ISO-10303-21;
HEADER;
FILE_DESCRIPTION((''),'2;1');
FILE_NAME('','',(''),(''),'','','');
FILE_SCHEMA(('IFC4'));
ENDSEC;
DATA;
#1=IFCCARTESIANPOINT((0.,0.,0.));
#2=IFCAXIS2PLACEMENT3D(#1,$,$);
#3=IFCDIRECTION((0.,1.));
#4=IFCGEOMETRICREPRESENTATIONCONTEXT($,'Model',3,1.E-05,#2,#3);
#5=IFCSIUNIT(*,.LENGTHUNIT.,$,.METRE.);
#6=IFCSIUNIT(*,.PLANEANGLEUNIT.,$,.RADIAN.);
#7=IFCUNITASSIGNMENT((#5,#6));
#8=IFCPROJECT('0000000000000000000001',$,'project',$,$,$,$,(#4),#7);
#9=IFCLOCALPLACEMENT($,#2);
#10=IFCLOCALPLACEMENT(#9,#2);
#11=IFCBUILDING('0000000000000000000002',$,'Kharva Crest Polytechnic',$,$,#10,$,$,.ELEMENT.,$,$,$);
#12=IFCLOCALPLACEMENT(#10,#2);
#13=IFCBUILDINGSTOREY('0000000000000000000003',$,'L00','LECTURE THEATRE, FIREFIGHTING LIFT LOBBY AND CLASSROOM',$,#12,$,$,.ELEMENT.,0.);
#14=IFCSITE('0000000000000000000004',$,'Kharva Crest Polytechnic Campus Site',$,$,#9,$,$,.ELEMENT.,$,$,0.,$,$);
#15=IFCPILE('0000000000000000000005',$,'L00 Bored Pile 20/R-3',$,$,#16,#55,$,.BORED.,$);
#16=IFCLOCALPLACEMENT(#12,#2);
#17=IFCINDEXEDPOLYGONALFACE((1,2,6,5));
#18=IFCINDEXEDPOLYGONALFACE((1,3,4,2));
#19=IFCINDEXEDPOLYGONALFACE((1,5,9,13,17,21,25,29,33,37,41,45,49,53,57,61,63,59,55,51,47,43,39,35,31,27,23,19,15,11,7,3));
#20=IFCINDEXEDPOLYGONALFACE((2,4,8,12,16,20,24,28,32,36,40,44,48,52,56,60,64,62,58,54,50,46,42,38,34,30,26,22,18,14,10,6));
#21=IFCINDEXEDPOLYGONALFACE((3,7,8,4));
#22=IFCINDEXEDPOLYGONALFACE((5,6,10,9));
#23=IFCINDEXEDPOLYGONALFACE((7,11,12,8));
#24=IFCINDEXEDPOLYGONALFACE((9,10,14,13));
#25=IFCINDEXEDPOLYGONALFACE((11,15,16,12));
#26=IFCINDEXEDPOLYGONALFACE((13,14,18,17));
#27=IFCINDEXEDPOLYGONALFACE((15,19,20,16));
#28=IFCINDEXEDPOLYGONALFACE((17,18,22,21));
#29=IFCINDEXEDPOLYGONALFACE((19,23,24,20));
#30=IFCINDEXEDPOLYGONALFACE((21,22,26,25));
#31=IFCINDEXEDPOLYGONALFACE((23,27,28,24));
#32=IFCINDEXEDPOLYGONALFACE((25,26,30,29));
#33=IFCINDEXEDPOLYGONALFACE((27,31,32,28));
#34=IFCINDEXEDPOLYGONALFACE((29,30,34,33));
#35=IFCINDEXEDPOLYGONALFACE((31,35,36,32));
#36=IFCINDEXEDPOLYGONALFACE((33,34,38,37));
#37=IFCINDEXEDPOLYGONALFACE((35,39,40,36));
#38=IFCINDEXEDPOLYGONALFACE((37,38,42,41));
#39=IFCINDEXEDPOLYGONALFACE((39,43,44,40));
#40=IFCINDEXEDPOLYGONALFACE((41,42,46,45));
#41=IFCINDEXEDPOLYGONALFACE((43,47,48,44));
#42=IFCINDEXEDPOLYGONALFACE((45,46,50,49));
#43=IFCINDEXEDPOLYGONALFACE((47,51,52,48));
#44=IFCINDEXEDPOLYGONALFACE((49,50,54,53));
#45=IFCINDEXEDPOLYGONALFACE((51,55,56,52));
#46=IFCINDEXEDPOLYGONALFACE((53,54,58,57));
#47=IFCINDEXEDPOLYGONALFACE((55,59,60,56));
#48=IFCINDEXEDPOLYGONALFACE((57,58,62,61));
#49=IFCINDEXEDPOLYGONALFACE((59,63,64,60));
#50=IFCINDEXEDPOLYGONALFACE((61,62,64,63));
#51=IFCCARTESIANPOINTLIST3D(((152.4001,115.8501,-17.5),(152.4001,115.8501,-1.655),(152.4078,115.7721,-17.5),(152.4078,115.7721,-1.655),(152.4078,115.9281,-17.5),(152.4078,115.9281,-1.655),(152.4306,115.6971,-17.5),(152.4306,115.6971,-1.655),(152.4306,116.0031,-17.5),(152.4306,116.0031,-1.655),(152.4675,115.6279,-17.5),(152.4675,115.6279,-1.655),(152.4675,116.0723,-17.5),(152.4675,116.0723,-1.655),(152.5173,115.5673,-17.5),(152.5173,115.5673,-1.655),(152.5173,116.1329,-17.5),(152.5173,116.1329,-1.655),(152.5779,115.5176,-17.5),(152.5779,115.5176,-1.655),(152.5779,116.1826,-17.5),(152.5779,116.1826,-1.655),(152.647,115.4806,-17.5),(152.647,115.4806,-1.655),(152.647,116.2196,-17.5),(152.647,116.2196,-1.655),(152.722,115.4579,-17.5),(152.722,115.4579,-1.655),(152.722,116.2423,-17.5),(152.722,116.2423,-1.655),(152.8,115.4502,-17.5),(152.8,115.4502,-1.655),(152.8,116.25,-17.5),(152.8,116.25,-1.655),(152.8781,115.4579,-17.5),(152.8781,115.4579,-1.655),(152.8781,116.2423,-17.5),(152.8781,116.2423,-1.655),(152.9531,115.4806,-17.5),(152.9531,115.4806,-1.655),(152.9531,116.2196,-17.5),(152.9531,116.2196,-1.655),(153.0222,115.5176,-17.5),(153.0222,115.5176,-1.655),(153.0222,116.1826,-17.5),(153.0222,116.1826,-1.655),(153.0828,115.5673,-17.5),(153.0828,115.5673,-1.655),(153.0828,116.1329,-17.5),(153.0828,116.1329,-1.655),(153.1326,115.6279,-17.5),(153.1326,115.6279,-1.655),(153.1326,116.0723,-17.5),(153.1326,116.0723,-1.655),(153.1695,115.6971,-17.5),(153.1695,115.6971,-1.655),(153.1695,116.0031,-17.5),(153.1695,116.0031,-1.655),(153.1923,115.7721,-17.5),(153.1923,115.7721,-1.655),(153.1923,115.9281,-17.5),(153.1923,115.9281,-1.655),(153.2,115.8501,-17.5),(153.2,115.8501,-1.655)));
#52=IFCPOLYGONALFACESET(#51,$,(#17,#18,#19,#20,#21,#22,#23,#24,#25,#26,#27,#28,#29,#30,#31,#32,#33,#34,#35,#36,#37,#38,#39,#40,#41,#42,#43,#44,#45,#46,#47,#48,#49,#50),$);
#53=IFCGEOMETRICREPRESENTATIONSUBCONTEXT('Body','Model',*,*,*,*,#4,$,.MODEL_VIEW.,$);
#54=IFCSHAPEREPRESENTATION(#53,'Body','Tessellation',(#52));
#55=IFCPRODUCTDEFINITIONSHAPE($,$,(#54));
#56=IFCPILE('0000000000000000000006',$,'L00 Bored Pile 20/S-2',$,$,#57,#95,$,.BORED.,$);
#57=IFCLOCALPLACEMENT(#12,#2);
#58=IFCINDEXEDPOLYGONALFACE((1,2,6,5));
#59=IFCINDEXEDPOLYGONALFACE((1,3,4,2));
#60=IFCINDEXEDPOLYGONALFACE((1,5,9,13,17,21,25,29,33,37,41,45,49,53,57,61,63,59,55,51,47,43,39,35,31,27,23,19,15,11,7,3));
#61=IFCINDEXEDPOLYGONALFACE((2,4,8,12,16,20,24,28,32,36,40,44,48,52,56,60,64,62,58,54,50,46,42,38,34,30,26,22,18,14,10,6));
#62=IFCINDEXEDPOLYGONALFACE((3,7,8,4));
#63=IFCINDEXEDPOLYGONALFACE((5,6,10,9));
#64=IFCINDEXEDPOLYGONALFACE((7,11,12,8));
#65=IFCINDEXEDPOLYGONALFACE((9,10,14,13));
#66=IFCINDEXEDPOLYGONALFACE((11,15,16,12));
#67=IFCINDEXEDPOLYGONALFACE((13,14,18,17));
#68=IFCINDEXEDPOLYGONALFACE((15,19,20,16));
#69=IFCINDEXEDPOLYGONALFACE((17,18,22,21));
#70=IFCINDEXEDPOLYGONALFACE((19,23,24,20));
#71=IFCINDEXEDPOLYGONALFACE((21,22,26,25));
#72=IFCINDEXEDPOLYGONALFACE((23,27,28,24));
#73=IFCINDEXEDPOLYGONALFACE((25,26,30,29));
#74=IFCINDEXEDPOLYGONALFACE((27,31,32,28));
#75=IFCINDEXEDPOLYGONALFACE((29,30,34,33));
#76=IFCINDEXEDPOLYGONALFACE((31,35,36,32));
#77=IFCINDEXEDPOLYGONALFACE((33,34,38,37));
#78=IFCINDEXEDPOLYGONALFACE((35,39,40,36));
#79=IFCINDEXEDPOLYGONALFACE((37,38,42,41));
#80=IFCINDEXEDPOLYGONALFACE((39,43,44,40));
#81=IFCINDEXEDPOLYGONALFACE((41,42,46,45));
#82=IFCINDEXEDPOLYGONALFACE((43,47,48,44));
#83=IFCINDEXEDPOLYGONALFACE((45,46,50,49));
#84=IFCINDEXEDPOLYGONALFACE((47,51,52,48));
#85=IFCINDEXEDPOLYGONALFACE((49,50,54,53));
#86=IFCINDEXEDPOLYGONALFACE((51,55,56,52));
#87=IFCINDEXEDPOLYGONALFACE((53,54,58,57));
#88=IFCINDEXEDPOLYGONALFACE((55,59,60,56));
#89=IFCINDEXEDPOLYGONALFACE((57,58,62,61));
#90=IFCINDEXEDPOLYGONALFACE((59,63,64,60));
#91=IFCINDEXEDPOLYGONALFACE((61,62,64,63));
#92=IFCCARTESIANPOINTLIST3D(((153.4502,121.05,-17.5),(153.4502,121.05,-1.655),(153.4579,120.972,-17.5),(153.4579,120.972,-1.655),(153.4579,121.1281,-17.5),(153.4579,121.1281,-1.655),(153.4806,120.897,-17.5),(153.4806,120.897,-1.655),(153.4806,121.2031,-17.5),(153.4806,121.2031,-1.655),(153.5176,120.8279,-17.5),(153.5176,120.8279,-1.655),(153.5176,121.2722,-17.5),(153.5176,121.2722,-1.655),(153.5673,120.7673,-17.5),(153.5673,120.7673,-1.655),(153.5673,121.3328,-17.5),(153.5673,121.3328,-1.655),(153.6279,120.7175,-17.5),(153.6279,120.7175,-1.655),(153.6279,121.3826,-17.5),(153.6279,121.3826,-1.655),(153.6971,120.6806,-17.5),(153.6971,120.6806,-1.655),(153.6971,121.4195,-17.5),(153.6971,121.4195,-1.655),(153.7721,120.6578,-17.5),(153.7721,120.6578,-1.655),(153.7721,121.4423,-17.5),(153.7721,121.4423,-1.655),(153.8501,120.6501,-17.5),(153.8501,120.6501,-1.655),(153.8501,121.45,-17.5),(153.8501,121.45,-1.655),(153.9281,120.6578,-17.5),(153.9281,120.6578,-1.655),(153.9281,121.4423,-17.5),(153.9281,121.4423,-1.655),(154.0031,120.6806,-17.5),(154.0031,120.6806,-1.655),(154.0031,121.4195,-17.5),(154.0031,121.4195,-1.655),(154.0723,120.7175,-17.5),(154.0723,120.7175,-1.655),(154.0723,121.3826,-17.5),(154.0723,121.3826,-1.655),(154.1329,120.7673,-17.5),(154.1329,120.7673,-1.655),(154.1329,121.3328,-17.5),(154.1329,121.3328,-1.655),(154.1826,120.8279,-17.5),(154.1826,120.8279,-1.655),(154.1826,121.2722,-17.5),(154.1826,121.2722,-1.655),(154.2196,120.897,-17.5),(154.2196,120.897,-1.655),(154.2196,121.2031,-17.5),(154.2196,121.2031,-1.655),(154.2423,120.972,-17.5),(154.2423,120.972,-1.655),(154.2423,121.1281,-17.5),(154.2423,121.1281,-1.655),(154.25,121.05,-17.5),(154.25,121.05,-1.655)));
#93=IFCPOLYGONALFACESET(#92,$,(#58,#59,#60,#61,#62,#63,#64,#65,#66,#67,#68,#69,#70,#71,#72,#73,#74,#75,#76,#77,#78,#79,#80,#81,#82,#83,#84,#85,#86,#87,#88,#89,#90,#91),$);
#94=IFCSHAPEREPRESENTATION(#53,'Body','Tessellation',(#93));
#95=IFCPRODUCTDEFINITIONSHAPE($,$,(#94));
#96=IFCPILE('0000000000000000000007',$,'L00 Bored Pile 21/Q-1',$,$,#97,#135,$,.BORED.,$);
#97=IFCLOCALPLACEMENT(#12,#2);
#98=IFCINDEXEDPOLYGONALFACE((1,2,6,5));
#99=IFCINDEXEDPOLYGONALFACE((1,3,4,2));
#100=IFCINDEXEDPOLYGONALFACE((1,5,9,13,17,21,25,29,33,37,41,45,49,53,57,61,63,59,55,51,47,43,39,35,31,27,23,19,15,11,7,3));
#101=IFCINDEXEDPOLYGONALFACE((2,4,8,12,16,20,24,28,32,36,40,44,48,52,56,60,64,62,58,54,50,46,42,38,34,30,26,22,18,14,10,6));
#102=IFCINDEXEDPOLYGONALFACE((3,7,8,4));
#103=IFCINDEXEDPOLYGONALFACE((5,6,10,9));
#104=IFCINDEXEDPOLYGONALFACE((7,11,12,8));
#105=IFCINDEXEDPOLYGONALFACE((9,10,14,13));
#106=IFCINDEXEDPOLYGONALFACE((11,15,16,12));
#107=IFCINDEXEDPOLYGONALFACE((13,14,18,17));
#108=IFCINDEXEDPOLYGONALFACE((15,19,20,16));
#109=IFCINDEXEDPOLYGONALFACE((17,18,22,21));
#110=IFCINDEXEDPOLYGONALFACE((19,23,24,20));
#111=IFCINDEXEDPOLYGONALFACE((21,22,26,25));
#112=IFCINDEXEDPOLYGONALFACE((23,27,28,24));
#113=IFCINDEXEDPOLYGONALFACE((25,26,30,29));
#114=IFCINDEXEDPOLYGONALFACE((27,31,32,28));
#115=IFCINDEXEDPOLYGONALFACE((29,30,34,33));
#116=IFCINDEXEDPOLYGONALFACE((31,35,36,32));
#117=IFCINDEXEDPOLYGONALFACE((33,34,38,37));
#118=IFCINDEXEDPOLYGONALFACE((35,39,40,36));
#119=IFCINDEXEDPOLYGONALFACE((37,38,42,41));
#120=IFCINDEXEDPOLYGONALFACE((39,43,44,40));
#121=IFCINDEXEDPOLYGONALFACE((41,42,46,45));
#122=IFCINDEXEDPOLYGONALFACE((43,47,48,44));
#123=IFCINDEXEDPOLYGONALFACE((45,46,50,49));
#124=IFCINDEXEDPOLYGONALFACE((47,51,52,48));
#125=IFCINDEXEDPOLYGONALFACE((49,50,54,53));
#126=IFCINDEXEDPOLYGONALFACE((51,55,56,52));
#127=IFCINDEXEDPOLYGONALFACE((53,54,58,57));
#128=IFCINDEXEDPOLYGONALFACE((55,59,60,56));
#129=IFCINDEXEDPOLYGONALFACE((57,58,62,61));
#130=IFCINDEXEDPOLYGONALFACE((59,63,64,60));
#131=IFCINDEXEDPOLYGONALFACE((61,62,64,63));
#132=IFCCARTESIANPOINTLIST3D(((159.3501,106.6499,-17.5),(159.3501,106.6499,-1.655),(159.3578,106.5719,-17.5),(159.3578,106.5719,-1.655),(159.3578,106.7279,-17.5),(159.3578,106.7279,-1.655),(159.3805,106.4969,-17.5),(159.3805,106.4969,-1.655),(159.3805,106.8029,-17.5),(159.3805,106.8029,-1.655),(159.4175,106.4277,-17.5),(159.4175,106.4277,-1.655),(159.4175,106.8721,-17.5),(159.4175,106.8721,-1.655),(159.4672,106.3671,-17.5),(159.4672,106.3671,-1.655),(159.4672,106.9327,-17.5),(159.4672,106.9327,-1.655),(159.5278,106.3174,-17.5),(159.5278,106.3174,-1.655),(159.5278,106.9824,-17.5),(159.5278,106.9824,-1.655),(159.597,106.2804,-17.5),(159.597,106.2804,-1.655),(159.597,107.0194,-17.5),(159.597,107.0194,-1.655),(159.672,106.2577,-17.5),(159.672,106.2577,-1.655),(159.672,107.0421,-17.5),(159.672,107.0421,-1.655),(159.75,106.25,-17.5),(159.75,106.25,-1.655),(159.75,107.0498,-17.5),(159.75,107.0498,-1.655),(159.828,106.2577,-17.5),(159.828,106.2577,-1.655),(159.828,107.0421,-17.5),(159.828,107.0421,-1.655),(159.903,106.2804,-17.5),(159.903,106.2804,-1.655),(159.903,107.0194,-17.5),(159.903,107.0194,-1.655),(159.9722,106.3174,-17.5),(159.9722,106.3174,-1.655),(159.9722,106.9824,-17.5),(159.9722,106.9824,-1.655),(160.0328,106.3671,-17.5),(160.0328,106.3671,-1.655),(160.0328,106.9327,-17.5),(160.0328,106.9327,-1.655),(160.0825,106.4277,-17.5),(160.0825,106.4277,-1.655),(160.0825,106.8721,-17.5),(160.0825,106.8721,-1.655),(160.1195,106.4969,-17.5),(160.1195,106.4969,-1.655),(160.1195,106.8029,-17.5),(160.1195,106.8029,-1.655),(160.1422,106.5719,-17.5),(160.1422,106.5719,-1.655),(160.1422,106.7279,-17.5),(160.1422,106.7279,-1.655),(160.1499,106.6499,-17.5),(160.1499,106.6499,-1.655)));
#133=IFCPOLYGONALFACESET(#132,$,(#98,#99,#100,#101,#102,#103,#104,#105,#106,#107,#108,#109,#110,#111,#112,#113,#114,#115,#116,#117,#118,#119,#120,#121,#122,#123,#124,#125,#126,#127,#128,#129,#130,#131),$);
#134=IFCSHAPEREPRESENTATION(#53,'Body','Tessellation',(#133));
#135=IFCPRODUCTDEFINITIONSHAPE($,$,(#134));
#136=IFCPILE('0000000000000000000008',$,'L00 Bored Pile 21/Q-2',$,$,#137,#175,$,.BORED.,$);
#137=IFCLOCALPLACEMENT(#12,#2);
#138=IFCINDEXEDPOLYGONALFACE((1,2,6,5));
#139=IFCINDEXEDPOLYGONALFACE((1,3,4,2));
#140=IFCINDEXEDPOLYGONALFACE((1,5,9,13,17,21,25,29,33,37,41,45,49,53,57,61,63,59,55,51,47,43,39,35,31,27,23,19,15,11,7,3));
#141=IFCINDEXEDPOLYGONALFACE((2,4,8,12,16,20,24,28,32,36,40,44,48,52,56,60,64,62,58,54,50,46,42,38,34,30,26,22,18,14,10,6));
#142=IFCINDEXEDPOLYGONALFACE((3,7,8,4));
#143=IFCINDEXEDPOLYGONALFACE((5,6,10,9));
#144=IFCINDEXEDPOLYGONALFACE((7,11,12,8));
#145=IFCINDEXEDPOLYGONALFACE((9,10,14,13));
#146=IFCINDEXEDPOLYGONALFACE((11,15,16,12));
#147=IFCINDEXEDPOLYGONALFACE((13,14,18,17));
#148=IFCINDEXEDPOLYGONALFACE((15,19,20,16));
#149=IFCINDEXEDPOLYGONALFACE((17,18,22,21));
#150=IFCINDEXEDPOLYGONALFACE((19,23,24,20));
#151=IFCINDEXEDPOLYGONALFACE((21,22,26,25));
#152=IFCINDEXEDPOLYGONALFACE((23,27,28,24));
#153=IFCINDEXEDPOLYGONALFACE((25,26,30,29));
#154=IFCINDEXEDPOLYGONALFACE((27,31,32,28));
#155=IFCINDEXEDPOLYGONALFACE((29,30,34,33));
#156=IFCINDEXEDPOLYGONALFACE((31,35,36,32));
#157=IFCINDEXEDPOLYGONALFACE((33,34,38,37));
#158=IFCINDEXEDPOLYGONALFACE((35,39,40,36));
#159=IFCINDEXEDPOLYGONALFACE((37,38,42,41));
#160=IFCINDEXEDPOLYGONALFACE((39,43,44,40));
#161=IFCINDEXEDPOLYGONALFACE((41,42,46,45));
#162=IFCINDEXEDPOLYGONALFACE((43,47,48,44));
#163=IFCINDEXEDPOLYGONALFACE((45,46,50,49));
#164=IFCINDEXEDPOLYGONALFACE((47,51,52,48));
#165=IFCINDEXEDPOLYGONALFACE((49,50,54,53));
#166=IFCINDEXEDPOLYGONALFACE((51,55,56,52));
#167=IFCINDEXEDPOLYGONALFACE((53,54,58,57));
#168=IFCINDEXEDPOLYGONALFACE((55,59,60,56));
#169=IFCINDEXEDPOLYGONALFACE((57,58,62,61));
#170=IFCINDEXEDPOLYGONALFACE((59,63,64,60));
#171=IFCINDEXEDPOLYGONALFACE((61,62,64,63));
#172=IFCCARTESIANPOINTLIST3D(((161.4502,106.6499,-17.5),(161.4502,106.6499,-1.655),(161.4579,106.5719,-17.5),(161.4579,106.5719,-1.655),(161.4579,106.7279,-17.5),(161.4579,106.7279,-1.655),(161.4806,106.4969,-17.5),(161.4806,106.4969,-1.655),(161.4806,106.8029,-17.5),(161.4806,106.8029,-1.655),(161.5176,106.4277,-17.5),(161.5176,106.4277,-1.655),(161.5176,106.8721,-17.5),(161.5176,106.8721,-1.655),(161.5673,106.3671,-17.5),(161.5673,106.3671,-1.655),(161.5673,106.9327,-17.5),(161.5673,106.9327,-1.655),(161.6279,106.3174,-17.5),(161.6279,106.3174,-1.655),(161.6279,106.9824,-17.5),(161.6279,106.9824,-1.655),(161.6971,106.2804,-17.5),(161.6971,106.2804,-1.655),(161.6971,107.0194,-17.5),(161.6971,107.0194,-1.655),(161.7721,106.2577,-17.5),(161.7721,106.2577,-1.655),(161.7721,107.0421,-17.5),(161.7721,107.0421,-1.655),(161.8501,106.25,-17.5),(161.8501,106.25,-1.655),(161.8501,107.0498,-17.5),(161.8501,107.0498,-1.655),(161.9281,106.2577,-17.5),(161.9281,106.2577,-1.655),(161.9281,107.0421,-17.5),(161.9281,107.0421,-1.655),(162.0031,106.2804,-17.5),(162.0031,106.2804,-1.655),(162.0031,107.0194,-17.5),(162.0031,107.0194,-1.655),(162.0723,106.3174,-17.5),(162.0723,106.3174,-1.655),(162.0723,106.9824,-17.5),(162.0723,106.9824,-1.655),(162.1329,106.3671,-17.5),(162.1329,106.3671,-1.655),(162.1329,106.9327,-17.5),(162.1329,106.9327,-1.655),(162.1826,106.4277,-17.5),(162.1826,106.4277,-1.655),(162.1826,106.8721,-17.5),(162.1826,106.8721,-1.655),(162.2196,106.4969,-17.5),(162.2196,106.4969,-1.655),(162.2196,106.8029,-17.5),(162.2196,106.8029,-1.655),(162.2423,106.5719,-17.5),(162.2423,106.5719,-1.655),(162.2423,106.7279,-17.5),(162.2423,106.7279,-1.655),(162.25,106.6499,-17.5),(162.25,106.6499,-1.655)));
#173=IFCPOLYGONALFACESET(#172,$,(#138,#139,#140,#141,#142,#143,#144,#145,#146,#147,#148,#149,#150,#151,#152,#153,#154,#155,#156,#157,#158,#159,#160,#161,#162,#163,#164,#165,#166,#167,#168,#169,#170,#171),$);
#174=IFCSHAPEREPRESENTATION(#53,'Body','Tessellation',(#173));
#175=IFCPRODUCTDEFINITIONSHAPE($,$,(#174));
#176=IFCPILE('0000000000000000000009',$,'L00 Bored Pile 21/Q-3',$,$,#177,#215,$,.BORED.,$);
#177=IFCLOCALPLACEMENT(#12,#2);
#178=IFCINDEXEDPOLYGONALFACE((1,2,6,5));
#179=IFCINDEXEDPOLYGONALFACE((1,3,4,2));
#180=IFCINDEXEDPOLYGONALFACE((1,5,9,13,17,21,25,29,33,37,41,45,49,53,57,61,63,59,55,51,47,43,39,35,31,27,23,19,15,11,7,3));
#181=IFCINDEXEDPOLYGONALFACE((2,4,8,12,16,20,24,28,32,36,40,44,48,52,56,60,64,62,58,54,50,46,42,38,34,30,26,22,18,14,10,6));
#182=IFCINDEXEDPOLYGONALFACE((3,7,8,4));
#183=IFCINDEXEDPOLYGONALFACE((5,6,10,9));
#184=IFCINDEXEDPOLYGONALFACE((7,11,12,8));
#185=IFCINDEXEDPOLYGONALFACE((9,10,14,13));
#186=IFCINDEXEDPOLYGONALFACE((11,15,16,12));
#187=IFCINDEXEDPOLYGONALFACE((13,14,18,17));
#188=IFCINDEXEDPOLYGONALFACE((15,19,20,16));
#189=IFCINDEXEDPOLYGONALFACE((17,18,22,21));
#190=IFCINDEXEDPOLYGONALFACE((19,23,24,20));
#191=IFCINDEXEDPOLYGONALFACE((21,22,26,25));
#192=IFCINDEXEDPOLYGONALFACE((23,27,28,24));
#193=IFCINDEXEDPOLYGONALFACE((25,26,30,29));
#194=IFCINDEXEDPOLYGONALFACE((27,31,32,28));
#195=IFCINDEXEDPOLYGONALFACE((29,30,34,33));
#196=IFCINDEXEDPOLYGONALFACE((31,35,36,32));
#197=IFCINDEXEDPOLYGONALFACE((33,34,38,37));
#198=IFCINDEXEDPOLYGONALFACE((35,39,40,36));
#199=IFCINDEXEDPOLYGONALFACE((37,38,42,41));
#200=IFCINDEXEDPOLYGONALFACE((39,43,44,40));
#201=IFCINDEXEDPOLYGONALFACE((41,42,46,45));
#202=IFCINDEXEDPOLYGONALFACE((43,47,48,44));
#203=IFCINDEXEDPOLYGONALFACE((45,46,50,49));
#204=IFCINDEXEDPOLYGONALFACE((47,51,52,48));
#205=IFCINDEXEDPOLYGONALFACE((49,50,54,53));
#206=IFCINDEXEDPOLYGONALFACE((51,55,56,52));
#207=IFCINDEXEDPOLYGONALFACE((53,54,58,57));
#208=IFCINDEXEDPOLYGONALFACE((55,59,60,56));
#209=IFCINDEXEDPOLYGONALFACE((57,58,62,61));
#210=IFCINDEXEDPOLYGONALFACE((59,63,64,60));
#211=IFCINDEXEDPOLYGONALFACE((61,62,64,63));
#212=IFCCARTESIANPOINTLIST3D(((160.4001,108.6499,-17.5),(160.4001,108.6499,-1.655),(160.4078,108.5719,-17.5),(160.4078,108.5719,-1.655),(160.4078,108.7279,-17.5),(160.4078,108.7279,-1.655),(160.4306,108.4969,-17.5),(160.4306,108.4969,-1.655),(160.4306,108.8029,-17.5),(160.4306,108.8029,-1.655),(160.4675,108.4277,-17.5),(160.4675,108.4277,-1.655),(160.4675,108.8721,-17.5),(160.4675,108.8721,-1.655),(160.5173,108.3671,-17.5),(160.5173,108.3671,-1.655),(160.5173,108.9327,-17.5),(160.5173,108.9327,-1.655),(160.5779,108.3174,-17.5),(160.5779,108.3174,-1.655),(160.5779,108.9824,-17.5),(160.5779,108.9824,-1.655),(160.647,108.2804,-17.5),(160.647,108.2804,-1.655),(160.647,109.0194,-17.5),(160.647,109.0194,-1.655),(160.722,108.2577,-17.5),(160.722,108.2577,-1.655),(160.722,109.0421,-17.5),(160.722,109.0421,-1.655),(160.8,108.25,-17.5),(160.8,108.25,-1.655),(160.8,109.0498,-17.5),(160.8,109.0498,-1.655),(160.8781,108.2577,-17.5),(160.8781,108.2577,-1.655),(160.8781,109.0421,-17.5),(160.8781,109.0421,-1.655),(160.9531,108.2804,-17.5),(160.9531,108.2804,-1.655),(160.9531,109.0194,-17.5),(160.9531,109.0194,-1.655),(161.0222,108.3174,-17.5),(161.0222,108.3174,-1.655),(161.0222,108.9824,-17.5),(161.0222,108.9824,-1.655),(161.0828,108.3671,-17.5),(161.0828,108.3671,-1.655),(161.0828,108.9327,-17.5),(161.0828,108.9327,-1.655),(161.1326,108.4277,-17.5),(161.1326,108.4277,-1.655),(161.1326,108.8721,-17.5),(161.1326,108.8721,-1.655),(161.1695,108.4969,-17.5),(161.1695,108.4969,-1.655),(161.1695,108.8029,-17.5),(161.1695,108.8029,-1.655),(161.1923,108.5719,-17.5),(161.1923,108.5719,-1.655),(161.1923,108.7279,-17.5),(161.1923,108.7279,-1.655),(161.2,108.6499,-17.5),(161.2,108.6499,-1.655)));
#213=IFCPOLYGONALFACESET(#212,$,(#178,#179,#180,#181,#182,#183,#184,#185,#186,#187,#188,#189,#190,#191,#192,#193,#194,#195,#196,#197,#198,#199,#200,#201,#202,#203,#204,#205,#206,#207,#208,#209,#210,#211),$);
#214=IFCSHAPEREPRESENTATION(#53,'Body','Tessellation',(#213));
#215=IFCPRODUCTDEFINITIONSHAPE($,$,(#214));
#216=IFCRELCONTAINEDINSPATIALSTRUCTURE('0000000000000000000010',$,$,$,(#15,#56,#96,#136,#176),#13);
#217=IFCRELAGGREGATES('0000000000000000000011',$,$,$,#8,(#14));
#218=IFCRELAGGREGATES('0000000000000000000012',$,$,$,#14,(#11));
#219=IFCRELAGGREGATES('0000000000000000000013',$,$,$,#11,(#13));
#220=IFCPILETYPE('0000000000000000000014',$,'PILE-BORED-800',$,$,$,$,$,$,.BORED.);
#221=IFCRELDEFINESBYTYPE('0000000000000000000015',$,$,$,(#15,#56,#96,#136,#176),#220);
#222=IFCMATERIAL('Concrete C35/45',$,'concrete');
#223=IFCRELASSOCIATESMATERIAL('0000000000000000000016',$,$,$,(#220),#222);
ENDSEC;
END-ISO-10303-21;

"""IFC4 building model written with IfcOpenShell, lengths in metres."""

from ifc_helpers import new_model, si_unit, direction, frame, origin, origin_2d, place, context, subcontext, project, spatial, circle, extrude, material, material_profile, profile_set, type_object, element, save


model = new_model("IFC4")

# Units and contexts
model_context = context("Model", 3, precision=1e-05, world=origin(), true_north=direction((0.0, 1.0)))
body_context = subcontext(model_context, "Body", "Model", "MODEL_VIEW")
ifc_project = project(units=[si_unit("LENGTHUNIT", "METRE"), si_unit("PLANEANGLEUNIT", "RADIAN")], contexts=[model_context])

# Site, building, storey
site_placement = place(None, origin())
site = spatial("IfcSite", under=ifc_project, at=site_placement, Name="Kharva Crest Polytechnic Campus Site", CompositionType="ELEMENT", RefElevation=0.0)
building_placement = place(site_placement, origin())
building = spatial("IfcBuilding", under=site, at=building_placement, Name="Kharva Crest Polytechnic", CompositionType="ELEMENT")
storey_placement = place(building_placement, origin())
storey = spatial("IfcBuildingStorey", under=building, at=storey_placement, Name="L00", Description="LECTURE THEATRE, FIREFIGHTING LIFT LOBBY AND CLASSROOM", CompositionType="ELEMENT", Elevation=0.0)

# Shared definitions
ifc_material_1 = material(Name="Concrete C35/45", Category="concrete")

# Piles
ifc_material_profile_1 = material_profile(ifc_material_1, circle(Radius=0.3999, at=origin_2d()), Name="DIA 800")
ifc_profile_set_1 = profile_set([ifc_material_profile_1], Name="Concrete C35/45")
pile_type = type_object("IfcPileType", Name="PILE-BORED-800", PredefinedType="BORED", material=ifc_profile_set_1)
for number, where, z_axis, x_axis, name in (
    (1, (152.8, 115.8501, -1.655), (0.0, 0.0, -1.0), (1.0, 0.0, 0.0), "L00 Bored Pile 20/R-3"),
    (2, (153.8501, 121.05, -1.655), (0.0, 0.0, -1.0), (1.0, 0.0, 0.0), "L00 Bored Pile 20/S-2"),
    (3, (159.75, 106.6499, -1.655), (0.0, 0.0, -1.0), (1.0, 0.0, 0.0), "L00 Bored Pile 21/Q-1"),
    (4, (161.8501, 106.6499, -1.655), (0.0, 0.0, -1.0), (1.0, 0.0, 0.0), "L00 Bored Pile 21/Q-2"),
    (5, (160.8, 108.6499, -1.655), (0.0, 0.0, -1.0), (1.0, 0.0, 0.0), "L00 Bored Pile 21/Q-3"),
):
    element("IfcPile", number, at=place(storey_placement, frame(where, z_axis=z_axis, x_axis=x_axis)), inside=storey, type_object=pile_type, Name=name, PredefinedType="BORED", context=body_context, shape_type="SweptSolid", body=[
        extrude(circle(Radius=0.3999, at=origin_2d()), origin(), (0.0, 0.0, 1.0), 15.845),
    ])

save(model, "model.ifc")
